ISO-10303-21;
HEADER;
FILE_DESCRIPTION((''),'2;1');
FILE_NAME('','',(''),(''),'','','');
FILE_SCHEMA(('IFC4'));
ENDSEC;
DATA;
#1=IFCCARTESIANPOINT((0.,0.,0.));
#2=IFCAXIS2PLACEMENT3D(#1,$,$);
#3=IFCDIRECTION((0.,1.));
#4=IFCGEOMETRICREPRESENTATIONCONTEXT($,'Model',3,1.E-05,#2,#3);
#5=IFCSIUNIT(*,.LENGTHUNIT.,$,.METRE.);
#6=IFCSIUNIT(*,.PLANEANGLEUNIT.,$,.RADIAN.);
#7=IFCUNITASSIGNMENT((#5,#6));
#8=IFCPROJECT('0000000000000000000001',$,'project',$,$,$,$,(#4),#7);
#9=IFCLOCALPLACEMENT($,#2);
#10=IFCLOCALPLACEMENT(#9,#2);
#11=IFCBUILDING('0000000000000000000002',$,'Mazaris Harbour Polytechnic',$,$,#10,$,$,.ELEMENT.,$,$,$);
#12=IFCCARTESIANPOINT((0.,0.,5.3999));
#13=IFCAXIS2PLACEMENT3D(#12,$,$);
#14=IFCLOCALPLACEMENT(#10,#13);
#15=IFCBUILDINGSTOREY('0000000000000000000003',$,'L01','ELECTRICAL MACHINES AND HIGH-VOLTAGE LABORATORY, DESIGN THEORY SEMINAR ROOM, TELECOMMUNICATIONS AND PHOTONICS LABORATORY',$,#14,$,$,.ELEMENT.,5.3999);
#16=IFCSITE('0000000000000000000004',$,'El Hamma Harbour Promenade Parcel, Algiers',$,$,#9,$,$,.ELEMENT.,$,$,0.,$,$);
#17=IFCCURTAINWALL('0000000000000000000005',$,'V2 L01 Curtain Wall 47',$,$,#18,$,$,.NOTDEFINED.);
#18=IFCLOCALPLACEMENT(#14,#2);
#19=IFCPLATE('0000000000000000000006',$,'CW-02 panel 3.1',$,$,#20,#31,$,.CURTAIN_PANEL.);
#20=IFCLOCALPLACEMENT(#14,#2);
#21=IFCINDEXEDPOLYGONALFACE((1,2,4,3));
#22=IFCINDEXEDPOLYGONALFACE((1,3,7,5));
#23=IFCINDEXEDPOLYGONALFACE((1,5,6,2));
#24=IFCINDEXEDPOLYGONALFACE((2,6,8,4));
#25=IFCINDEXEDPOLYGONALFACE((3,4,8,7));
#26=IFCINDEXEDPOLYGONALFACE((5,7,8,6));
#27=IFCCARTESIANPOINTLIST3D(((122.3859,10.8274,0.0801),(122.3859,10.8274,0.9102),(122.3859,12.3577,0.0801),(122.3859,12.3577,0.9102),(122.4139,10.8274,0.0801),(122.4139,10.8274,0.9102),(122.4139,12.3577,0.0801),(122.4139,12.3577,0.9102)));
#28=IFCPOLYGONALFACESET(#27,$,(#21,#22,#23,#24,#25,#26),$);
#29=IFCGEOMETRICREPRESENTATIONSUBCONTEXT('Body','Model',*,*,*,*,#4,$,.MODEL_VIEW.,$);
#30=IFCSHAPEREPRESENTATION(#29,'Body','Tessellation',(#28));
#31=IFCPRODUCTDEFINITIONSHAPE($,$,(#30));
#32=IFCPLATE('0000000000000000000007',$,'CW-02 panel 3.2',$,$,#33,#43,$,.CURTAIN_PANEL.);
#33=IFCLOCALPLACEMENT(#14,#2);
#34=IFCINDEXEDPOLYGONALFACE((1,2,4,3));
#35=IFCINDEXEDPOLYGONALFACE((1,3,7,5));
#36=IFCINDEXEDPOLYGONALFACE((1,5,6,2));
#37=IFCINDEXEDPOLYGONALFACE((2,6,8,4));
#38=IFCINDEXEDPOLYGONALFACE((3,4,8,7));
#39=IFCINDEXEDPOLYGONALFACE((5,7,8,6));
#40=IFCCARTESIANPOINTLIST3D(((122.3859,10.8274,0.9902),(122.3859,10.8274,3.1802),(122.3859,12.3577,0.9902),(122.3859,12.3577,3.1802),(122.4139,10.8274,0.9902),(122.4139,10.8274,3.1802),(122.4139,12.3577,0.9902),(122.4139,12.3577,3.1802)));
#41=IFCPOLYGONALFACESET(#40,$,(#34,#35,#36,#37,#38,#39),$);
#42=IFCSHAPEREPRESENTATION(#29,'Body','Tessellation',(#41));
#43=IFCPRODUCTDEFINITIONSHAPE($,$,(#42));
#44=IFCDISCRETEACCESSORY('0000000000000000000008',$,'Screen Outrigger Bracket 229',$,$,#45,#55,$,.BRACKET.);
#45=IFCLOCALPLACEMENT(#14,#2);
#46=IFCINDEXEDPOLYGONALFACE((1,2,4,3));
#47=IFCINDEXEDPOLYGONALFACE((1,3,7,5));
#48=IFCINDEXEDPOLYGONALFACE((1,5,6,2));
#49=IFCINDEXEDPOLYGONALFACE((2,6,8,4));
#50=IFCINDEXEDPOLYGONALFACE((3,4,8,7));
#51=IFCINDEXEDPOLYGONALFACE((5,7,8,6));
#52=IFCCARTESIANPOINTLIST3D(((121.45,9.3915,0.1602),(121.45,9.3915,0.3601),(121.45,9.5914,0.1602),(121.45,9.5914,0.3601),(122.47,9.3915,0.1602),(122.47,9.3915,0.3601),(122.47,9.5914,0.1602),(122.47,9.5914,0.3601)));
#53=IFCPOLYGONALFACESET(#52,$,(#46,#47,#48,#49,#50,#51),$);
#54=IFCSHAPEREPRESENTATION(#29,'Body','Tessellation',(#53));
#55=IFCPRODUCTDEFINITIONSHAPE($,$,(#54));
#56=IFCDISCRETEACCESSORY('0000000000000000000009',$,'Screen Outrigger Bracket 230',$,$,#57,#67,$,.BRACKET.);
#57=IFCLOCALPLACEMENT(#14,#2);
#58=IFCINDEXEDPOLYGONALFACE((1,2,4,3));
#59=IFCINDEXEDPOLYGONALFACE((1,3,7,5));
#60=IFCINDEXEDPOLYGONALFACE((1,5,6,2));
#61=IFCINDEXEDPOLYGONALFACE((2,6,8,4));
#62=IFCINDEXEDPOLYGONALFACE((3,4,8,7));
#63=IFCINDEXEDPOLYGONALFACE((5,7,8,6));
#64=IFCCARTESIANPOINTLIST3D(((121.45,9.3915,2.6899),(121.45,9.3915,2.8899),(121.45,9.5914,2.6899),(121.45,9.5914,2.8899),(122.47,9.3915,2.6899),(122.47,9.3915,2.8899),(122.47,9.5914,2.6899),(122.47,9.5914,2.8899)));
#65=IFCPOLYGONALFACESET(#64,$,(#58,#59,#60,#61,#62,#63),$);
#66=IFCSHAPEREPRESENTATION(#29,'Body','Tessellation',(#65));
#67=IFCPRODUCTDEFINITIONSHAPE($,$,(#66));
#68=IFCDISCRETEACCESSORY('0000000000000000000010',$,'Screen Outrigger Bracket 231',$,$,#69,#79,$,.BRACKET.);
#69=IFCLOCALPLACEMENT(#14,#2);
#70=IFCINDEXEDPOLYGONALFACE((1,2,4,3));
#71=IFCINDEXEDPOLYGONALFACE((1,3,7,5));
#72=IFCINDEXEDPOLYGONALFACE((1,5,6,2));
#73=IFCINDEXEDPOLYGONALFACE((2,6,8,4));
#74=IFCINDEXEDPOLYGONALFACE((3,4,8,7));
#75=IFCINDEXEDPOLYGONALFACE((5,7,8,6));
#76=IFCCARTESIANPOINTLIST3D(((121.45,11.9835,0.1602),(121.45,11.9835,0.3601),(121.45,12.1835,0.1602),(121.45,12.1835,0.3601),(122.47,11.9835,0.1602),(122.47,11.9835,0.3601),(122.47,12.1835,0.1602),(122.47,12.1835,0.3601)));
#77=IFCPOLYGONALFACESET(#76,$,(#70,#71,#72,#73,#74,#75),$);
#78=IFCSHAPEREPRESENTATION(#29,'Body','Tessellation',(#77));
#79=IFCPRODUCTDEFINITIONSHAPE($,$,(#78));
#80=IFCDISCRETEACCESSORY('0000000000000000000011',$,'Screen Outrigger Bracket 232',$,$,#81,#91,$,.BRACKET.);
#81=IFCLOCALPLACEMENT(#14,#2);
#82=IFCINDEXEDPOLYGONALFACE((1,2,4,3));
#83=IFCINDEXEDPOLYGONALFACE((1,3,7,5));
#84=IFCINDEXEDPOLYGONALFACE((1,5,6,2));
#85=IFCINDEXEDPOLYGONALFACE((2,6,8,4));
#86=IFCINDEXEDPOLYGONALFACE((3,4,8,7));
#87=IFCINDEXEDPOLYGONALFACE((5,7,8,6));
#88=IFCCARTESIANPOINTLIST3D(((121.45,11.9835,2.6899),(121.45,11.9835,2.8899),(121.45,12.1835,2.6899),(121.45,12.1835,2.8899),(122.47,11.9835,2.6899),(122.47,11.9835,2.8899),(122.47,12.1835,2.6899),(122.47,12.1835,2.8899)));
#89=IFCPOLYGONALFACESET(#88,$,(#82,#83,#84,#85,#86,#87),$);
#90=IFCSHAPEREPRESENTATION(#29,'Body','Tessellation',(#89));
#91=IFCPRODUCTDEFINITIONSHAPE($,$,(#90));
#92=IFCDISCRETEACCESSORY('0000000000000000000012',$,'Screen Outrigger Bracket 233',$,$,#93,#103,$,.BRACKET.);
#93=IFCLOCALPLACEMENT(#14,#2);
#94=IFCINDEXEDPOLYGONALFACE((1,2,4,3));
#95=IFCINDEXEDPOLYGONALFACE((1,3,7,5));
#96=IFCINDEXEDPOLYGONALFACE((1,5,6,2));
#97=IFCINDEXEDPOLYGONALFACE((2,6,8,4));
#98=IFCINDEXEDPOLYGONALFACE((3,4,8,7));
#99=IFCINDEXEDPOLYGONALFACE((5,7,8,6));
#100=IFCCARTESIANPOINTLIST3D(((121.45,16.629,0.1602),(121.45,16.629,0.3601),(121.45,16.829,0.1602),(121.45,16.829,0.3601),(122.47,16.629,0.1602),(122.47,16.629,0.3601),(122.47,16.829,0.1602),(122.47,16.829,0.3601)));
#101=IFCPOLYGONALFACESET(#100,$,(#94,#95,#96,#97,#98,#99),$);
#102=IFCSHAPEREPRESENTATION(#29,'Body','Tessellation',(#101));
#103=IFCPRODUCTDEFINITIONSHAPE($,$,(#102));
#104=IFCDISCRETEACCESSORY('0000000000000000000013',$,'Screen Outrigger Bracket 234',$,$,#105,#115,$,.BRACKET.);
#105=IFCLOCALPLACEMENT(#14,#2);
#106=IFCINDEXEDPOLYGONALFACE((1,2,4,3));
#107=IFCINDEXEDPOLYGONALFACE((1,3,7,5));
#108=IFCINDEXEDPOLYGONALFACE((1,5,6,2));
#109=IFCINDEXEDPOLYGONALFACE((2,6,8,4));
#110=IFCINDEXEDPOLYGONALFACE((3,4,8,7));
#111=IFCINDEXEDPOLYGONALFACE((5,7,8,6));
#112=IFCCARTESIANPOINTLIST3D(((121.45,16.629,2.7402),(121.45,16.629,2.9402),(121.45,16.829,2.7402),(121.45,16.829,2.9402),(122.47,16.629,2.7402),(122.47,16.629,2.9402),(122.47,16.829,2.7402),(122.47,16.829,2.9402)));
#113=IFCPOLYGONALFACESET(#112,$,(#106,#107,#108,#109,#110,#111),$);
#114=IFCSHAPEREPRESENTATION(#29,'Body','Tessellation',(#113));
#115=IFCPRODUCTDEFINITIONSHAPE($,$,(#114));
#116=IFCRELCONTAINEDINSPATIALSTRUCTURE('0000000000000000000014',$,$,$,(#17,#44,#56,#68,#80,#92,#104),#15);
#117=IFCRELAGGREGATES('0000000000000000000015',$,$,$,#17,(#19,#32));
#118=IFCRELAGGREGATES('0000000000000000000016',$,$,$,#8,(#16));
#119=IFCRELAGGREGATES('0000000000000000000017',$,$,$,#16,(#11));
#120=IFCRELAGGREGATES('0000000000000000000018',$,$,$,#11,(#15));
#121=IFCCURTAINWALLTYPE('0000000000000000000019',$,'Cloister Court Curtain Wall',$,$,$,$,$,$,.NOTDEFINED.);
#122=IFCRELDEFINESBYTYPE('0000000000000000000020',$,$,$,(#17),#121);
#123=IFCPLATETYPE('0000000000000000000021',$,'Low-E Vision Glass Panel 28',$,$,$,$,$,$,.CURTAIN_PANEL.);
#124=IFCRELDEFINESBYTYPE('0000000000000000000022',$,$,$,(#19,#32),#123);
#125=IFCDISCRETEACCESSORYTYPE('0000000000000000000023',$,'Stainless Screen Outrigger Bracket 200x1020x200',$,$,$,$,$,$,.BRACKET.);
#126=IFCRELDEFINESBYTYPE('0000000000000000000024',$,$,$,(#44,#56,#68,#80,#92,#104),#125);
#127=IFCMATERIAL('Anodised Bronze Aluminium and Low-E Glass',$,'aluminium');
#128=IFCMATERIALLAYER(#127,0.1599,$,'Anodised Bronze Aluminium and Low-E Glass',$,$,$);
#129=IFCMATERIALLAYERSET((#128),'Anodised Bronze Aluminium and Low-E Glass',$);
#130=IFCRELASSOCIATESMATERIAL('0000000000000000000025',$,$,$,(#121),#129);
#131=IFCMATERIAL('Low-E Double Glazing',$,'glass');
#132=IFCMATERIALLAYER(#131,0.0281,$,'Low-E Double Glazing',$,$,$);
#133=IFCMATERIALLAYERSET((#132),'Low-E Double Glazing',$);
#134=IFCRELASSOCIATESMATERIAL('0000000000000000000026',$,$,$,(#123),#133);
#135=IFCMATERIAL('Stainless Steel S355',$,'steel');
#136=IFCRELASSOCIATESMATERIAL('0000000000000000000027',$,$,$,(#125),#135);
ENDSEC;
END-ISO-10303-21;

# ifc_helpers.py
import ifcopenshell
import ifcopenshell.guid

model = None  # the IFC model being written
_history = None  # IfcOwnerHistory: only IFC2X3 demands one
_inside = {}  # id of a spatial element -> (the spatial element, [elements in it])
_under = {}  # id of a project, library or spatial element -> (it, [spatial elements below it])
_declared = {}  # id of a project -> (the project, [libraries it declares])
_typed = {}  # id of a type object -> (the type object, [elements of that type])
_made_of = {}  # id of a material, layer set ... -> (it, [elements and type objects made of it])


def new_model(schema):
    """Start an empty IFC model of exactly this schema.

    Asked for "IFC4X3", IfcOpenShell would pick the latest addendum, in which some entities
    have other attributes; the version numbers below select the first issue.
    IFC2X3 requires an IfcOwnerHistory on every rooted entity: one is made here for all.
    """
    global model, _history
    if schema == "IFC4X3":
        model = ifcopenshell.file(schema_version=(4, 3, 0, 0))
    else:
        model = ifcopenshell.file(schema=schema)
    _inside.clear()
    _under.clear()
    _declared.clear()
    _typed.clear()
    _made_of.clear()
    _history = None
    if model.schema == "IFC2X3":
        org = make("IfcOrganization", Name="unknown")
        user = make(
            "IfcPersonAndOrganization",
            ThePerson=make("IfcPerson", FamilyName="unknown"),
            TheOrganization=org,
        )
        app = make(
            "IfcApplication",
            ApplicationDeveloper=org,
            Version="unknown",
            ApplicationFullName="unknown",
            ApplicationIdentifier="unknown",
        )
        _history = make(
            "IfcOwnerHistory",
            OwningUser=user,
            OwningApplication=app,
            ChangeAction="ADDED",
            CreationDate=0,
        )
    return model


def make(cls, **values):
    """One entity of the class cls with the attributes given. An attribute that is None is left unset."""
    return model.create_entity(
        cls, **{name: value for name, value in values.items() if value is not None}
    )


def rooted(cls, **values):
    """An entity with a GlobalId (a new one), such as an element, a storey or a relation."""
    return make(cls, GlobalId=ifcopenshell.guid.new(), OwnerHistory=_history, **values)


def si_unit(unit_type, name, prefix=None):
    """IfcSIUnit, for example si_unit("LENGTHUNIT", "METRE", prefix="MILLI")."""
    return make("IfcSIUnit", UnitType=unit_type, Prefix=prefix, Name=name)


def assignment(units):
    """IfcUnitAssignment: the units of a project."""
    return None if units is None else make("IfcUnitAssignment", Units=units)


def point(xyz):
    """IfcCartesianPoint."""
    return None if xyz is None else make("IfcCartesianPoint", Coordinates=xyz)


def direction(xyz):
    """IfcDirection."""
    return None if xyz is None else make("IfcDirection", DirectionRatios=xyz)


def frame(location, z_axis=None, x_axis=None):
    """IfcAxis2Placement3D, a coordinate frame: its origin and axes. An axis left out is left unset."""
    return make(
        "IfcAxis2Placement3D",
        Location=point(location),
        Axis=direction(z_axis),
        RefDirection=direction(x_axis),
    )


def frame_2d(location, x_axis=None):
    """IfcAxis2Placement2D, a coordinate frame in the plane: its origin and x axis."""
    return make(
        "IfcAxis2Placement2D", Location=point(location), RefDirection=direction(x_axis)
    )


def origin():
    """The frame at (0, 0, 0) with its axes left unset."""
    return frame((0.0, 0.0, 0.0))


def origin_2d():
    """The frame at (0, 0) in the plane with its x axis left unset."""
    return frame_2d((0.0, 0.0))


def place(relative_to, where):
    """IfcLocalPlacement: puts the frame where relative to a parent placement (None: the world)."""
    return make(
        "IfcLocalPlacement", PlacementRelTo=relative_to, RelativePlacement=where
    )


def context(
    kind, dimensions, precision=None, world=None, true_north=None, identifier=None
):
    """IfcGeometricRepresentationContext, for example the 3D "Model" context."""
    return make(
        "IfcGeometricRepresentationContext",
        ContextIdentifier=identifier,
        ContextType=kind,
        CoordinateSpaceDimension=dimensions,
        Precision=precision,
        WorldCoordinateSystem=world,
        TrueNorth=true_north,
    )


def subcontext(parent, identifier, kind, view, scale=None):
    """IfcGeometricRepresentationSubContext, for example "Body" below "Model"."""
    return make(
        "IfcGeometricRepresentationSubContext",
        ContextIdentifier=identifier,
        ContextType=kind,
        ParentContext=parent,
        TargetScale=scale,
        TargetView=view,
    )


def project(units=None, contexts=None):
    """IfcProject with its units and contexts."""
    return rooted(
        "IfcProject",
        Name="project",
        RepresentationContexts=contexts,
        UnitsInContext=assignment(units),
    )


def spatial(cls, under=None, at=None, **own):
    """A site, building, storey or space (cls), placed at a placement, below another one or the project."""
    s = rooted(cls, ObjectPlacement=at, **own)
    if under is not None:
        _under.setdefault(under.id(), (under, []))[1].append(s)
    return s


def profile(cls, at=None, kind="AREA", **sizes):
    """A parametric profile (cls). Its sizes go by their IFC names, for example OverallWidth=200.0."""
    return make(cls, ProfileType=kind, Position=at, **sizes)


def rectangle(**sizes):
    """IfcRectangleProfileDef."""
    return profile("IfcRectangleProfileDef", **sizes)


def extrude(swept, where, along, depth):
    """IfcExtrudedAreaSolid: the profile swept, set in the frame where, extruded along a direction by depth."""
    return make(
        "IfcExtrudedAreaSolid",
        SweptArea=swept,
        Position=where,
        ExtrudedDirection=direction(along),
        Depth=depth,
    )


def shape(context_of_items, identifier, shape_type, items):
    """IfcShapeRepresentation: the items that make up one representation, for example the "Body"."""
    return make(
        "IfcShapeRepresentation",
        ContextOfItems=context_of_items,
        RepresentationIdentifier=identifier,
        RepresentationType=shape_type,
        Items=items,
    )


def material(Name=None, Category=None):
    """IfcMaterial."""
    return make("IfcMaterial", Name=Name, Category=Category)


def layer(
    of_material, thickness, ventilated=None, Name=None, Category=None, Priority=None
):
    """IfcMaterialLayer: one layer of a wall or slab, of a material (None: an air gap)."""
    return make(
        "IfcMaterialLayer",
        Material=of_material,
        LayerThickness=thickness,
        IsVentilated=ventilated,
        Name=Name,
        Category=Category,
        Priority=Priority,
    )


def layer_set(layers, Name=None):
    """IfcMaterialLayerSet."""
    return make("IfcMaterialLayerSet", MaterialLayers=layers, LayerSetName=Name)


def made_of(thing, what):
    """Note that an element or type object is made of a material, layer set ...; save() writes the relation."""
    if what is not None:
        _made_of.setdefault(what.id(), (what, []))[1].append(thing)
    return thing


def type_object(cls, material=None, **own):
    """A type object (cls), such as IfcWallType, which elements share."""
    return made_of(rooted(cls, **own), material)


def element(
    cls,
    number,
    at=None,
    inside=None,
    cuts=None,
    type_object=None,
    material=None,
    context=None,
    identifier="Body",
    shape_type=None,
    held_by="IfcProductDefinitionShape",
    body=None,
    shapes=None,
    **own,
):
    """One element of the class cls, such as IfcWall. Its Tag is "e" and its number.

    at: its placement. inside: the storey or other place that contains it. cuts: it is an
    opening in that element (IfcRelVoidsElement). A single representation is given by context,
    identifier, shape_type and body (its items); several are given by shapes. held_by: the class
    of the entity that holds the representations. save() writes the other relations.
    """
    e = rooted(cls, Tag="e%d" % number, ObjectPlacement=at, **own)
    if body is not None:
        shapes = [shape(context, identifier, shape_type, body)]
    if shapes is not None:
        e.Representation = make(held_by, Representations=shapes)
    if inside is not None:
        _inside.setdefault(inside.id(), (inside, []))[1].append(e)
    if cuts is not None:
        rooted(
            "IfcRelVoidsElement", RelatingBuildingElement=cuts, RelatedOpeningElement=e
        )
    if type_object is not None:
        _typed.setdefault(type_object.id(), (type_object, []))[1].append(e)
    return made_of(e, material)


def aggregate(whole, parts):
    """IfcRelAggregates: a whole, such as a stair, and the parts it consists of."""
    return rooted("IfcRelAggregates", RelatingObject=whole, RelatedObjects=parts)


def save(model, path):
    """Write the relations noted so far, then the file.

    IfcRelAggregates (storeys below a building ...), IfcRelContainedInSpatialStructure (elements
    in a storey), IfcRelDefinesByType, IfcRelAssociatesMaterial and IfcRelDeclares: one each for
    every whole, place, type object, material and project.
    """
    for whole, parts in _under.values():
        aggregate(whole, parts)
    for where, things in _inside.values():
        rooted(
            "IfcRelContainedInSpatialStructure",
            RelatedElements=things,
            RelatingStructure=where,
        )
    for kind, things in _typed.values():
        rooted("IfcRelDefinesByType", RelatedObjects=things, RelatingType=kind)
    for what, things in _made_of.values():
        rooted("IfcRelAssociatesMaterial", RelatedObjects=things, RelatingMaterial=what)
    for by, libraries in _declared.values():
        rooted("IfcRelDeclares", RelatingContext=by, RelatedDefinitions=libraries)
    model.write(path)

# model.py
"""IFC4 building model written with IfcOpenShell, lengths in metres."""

from ifc_helpers import new_model, si_unit, direction, frame, origin, origin_2d, place, context, subcontext, project, spatial, rectangle, extrude, material, layer, layer_set, type_object, element, aggregate, save


model = new_model("IFC4")

# Units and contexts
model_context = context("Model", 3, precision=1e-05, world=origin(), true_north=direction((0.0, 1.0)))
body_context = subcontext(model_context, "Body", "Model", "MODEL_VIEW")
ifc_project = project(units=[si_unit("LENGTHUNIT", "METRE"), si_unit("PLANEANGLEUNIT", "RADIAN")], contexts=[model_context])

# Site, building, storey
site_placement = place(None, origin())
site = spatial("IfcSite", under=ifc_project, at=site_placement, Name="El Hamma Harbour Promenade Parcel, Algiers", CompositionType="ELEMENT", RefElevation=0.0)
building_placement = place(site_placement, origin())
building = spatial("IfcBuilding", under=site, at=building_placement, Name="Mazaris Harbour Polytechnic", CompositionType="ELEMENT")
storey_placement = place(building_placement, frame((0.0, 0.0, 5.3999)))
storey = spatial("IfcBuildingStorey", under=building, at=storey_placement, Name="L01", Description="ELECTRICAL MACHINES AND HIGH-VOLTAGE LABORATORY, DESIGN THEORY SEMINAR ROOM, TELECOMMUNICATIONS AND PHOTONICS LABORATORY", CompositionType="ELEMENT", Elevation=5.3999)

# Curtain wall
ifc_material_1 = material(Name="Anodised Bronze Aluminium and Low-E Glass", Category="aluminium")
ifc_layer_1 = layer(ifc_material_1, 0.1599, Name="Anodised Bronze Aluminium and Low-E Glass")
ifc_layer_set_1 = layer_set([ifc_layer_1], Name="Anodised Bronze Aluminium and Low-E Glass")
curtain_wall_type = type_object("IfcCurtainWallType", Name="Cloister Court Curtain Wall", PredefinedType="NOTDEFINED", material=ifc_layer_set_1)
curtain_wall_placement = place(storey_placement, origin())
curtain_wall = element("IfcCurtainWall", 1, at=curtain_wall_placement, inside=storey, type_object=curtain_wall_type, Name="V2 L01 Curtain Wall 47", PredefinedType="NOTDEFINED")

# Plates
ifc_material_2 = material(Name="Low-E Double Glazing", Category="glass")
ifc_layer_2 = layer(ifc_material_2, 0.0281, Name="Low-E Double Glazing")
ifc_layer_set_2 = layer_set([ifc_layer_2], Name="Low-E Double Glazing")
plate_type = type_object("IfcPlateType", Name="Low-E Vision Glass Panel 28", PredefinedType="CURTAIN_PANEL", material=ifc_layer_set_2)
plate_1_placement = place(storey_placement, frame((122.3999, 11.5925, 0.0801), z_axis=(0.0, 0.0, 1.0), x_axis=(0.0, 1.0, 0.0)))
plate_1 = element("IfcPlate", 2, at=plate_1_placement, type_object=plate_type, Name="CW-02 panel 3.1", PredefinedType="CURTAIN_PANEL", context=body_context, shape_type="SweptSolid", body=[
    extrude(rectangle(XDim=1.5303, YDim=0.0281, at=origin_2d()), origin(), (0.0, 0.0, 1.0), 0.8301),
])
plate_2_placement = place(storey_placement, frame((122.3999, 11.5925, 0.9902), z_axis=(0.0, 0.0, 1.0), x_axis=(0.0, 1.0, 0.0)))
plate_2 = element("IfcPlate", 3, at=plate_2_placement, type_object=plate_type, Name="CW-02 panel 3.2", PredefinedType="CURTAIN_PANEL", context=body_context, shape_type="SweptSolid", body=[
    extrude(rectangle(XDim=1.5303, YDim=0.0281, at=origin_2d()), origin(), (0.0, 0.0, 1.0), 2.1899),
])
aggregate(curtain_wall, [plate_1, plate_2])

# Discrete accessories
ifc_material_3 = material(Name="Stainless Steel S355", Category="steel")
discrete_accessory_type = type_object("IfcDiscreteAccessoryType", Name="Stainless Screen Outrigger Bracket 200x1020x200", PredefinedType="BRACKET", material=ifc_material_3)
for number, where, z_axis, x_axis, name in (
    (4, (121.96, 9.4915, 0.1602), (0.0, 0.0, 1.0), (0.0, 1.0, 0.0), "Screen Outrigger Bracket 229"),
    (5, (121.96, 9.4915, 2.6899), (0.0, 0.0, 1.0), (0.0, 1.0, 0.0), "Screen Outrigger Bracket 230"),
    (6, (121.96, 12.0835, 0.1602), (0.0, 0.0, 1.0), (0.0, 1.0, 0.0), "Screen Outrigger Bracket 231"),
    (7, (121.96, 12.0835, 2.6899), (0.0, 0.0, 1.0), (0.0, 1.0, 0.0), "Screen Outrigger Bracket 232"),
    (8, (121.96, 16.729, 0.1602), (0.0, 0.0, 1.0), (0.0, 1.0, 0.0), "Screen Outrigger Bracket 233"),
    (9, (121.96, 16.729, 2.7402), (0.0, 0.0, 1.0), (0.0, 1.0, 0.0), "Screen Outrigger Bracket 234"),
):
    element("IfcDiscreteAccessory", number, at=place(storey_placement, frame(where, z_axis=z_axis, x_axis=x_axis)), inside=storey, type_object=discrete_accessory_type, Name=name, PredefinedType="BRACKET", context=body_context, shape_type="SweptSolid", body=[
        extrude(rectangle(XDim=0.2, YDim=1.02, at=origin_2d()), origin(), (0.0, 0.0, 1.0), 0.2),
    ])

save(model, "model.ifc")
